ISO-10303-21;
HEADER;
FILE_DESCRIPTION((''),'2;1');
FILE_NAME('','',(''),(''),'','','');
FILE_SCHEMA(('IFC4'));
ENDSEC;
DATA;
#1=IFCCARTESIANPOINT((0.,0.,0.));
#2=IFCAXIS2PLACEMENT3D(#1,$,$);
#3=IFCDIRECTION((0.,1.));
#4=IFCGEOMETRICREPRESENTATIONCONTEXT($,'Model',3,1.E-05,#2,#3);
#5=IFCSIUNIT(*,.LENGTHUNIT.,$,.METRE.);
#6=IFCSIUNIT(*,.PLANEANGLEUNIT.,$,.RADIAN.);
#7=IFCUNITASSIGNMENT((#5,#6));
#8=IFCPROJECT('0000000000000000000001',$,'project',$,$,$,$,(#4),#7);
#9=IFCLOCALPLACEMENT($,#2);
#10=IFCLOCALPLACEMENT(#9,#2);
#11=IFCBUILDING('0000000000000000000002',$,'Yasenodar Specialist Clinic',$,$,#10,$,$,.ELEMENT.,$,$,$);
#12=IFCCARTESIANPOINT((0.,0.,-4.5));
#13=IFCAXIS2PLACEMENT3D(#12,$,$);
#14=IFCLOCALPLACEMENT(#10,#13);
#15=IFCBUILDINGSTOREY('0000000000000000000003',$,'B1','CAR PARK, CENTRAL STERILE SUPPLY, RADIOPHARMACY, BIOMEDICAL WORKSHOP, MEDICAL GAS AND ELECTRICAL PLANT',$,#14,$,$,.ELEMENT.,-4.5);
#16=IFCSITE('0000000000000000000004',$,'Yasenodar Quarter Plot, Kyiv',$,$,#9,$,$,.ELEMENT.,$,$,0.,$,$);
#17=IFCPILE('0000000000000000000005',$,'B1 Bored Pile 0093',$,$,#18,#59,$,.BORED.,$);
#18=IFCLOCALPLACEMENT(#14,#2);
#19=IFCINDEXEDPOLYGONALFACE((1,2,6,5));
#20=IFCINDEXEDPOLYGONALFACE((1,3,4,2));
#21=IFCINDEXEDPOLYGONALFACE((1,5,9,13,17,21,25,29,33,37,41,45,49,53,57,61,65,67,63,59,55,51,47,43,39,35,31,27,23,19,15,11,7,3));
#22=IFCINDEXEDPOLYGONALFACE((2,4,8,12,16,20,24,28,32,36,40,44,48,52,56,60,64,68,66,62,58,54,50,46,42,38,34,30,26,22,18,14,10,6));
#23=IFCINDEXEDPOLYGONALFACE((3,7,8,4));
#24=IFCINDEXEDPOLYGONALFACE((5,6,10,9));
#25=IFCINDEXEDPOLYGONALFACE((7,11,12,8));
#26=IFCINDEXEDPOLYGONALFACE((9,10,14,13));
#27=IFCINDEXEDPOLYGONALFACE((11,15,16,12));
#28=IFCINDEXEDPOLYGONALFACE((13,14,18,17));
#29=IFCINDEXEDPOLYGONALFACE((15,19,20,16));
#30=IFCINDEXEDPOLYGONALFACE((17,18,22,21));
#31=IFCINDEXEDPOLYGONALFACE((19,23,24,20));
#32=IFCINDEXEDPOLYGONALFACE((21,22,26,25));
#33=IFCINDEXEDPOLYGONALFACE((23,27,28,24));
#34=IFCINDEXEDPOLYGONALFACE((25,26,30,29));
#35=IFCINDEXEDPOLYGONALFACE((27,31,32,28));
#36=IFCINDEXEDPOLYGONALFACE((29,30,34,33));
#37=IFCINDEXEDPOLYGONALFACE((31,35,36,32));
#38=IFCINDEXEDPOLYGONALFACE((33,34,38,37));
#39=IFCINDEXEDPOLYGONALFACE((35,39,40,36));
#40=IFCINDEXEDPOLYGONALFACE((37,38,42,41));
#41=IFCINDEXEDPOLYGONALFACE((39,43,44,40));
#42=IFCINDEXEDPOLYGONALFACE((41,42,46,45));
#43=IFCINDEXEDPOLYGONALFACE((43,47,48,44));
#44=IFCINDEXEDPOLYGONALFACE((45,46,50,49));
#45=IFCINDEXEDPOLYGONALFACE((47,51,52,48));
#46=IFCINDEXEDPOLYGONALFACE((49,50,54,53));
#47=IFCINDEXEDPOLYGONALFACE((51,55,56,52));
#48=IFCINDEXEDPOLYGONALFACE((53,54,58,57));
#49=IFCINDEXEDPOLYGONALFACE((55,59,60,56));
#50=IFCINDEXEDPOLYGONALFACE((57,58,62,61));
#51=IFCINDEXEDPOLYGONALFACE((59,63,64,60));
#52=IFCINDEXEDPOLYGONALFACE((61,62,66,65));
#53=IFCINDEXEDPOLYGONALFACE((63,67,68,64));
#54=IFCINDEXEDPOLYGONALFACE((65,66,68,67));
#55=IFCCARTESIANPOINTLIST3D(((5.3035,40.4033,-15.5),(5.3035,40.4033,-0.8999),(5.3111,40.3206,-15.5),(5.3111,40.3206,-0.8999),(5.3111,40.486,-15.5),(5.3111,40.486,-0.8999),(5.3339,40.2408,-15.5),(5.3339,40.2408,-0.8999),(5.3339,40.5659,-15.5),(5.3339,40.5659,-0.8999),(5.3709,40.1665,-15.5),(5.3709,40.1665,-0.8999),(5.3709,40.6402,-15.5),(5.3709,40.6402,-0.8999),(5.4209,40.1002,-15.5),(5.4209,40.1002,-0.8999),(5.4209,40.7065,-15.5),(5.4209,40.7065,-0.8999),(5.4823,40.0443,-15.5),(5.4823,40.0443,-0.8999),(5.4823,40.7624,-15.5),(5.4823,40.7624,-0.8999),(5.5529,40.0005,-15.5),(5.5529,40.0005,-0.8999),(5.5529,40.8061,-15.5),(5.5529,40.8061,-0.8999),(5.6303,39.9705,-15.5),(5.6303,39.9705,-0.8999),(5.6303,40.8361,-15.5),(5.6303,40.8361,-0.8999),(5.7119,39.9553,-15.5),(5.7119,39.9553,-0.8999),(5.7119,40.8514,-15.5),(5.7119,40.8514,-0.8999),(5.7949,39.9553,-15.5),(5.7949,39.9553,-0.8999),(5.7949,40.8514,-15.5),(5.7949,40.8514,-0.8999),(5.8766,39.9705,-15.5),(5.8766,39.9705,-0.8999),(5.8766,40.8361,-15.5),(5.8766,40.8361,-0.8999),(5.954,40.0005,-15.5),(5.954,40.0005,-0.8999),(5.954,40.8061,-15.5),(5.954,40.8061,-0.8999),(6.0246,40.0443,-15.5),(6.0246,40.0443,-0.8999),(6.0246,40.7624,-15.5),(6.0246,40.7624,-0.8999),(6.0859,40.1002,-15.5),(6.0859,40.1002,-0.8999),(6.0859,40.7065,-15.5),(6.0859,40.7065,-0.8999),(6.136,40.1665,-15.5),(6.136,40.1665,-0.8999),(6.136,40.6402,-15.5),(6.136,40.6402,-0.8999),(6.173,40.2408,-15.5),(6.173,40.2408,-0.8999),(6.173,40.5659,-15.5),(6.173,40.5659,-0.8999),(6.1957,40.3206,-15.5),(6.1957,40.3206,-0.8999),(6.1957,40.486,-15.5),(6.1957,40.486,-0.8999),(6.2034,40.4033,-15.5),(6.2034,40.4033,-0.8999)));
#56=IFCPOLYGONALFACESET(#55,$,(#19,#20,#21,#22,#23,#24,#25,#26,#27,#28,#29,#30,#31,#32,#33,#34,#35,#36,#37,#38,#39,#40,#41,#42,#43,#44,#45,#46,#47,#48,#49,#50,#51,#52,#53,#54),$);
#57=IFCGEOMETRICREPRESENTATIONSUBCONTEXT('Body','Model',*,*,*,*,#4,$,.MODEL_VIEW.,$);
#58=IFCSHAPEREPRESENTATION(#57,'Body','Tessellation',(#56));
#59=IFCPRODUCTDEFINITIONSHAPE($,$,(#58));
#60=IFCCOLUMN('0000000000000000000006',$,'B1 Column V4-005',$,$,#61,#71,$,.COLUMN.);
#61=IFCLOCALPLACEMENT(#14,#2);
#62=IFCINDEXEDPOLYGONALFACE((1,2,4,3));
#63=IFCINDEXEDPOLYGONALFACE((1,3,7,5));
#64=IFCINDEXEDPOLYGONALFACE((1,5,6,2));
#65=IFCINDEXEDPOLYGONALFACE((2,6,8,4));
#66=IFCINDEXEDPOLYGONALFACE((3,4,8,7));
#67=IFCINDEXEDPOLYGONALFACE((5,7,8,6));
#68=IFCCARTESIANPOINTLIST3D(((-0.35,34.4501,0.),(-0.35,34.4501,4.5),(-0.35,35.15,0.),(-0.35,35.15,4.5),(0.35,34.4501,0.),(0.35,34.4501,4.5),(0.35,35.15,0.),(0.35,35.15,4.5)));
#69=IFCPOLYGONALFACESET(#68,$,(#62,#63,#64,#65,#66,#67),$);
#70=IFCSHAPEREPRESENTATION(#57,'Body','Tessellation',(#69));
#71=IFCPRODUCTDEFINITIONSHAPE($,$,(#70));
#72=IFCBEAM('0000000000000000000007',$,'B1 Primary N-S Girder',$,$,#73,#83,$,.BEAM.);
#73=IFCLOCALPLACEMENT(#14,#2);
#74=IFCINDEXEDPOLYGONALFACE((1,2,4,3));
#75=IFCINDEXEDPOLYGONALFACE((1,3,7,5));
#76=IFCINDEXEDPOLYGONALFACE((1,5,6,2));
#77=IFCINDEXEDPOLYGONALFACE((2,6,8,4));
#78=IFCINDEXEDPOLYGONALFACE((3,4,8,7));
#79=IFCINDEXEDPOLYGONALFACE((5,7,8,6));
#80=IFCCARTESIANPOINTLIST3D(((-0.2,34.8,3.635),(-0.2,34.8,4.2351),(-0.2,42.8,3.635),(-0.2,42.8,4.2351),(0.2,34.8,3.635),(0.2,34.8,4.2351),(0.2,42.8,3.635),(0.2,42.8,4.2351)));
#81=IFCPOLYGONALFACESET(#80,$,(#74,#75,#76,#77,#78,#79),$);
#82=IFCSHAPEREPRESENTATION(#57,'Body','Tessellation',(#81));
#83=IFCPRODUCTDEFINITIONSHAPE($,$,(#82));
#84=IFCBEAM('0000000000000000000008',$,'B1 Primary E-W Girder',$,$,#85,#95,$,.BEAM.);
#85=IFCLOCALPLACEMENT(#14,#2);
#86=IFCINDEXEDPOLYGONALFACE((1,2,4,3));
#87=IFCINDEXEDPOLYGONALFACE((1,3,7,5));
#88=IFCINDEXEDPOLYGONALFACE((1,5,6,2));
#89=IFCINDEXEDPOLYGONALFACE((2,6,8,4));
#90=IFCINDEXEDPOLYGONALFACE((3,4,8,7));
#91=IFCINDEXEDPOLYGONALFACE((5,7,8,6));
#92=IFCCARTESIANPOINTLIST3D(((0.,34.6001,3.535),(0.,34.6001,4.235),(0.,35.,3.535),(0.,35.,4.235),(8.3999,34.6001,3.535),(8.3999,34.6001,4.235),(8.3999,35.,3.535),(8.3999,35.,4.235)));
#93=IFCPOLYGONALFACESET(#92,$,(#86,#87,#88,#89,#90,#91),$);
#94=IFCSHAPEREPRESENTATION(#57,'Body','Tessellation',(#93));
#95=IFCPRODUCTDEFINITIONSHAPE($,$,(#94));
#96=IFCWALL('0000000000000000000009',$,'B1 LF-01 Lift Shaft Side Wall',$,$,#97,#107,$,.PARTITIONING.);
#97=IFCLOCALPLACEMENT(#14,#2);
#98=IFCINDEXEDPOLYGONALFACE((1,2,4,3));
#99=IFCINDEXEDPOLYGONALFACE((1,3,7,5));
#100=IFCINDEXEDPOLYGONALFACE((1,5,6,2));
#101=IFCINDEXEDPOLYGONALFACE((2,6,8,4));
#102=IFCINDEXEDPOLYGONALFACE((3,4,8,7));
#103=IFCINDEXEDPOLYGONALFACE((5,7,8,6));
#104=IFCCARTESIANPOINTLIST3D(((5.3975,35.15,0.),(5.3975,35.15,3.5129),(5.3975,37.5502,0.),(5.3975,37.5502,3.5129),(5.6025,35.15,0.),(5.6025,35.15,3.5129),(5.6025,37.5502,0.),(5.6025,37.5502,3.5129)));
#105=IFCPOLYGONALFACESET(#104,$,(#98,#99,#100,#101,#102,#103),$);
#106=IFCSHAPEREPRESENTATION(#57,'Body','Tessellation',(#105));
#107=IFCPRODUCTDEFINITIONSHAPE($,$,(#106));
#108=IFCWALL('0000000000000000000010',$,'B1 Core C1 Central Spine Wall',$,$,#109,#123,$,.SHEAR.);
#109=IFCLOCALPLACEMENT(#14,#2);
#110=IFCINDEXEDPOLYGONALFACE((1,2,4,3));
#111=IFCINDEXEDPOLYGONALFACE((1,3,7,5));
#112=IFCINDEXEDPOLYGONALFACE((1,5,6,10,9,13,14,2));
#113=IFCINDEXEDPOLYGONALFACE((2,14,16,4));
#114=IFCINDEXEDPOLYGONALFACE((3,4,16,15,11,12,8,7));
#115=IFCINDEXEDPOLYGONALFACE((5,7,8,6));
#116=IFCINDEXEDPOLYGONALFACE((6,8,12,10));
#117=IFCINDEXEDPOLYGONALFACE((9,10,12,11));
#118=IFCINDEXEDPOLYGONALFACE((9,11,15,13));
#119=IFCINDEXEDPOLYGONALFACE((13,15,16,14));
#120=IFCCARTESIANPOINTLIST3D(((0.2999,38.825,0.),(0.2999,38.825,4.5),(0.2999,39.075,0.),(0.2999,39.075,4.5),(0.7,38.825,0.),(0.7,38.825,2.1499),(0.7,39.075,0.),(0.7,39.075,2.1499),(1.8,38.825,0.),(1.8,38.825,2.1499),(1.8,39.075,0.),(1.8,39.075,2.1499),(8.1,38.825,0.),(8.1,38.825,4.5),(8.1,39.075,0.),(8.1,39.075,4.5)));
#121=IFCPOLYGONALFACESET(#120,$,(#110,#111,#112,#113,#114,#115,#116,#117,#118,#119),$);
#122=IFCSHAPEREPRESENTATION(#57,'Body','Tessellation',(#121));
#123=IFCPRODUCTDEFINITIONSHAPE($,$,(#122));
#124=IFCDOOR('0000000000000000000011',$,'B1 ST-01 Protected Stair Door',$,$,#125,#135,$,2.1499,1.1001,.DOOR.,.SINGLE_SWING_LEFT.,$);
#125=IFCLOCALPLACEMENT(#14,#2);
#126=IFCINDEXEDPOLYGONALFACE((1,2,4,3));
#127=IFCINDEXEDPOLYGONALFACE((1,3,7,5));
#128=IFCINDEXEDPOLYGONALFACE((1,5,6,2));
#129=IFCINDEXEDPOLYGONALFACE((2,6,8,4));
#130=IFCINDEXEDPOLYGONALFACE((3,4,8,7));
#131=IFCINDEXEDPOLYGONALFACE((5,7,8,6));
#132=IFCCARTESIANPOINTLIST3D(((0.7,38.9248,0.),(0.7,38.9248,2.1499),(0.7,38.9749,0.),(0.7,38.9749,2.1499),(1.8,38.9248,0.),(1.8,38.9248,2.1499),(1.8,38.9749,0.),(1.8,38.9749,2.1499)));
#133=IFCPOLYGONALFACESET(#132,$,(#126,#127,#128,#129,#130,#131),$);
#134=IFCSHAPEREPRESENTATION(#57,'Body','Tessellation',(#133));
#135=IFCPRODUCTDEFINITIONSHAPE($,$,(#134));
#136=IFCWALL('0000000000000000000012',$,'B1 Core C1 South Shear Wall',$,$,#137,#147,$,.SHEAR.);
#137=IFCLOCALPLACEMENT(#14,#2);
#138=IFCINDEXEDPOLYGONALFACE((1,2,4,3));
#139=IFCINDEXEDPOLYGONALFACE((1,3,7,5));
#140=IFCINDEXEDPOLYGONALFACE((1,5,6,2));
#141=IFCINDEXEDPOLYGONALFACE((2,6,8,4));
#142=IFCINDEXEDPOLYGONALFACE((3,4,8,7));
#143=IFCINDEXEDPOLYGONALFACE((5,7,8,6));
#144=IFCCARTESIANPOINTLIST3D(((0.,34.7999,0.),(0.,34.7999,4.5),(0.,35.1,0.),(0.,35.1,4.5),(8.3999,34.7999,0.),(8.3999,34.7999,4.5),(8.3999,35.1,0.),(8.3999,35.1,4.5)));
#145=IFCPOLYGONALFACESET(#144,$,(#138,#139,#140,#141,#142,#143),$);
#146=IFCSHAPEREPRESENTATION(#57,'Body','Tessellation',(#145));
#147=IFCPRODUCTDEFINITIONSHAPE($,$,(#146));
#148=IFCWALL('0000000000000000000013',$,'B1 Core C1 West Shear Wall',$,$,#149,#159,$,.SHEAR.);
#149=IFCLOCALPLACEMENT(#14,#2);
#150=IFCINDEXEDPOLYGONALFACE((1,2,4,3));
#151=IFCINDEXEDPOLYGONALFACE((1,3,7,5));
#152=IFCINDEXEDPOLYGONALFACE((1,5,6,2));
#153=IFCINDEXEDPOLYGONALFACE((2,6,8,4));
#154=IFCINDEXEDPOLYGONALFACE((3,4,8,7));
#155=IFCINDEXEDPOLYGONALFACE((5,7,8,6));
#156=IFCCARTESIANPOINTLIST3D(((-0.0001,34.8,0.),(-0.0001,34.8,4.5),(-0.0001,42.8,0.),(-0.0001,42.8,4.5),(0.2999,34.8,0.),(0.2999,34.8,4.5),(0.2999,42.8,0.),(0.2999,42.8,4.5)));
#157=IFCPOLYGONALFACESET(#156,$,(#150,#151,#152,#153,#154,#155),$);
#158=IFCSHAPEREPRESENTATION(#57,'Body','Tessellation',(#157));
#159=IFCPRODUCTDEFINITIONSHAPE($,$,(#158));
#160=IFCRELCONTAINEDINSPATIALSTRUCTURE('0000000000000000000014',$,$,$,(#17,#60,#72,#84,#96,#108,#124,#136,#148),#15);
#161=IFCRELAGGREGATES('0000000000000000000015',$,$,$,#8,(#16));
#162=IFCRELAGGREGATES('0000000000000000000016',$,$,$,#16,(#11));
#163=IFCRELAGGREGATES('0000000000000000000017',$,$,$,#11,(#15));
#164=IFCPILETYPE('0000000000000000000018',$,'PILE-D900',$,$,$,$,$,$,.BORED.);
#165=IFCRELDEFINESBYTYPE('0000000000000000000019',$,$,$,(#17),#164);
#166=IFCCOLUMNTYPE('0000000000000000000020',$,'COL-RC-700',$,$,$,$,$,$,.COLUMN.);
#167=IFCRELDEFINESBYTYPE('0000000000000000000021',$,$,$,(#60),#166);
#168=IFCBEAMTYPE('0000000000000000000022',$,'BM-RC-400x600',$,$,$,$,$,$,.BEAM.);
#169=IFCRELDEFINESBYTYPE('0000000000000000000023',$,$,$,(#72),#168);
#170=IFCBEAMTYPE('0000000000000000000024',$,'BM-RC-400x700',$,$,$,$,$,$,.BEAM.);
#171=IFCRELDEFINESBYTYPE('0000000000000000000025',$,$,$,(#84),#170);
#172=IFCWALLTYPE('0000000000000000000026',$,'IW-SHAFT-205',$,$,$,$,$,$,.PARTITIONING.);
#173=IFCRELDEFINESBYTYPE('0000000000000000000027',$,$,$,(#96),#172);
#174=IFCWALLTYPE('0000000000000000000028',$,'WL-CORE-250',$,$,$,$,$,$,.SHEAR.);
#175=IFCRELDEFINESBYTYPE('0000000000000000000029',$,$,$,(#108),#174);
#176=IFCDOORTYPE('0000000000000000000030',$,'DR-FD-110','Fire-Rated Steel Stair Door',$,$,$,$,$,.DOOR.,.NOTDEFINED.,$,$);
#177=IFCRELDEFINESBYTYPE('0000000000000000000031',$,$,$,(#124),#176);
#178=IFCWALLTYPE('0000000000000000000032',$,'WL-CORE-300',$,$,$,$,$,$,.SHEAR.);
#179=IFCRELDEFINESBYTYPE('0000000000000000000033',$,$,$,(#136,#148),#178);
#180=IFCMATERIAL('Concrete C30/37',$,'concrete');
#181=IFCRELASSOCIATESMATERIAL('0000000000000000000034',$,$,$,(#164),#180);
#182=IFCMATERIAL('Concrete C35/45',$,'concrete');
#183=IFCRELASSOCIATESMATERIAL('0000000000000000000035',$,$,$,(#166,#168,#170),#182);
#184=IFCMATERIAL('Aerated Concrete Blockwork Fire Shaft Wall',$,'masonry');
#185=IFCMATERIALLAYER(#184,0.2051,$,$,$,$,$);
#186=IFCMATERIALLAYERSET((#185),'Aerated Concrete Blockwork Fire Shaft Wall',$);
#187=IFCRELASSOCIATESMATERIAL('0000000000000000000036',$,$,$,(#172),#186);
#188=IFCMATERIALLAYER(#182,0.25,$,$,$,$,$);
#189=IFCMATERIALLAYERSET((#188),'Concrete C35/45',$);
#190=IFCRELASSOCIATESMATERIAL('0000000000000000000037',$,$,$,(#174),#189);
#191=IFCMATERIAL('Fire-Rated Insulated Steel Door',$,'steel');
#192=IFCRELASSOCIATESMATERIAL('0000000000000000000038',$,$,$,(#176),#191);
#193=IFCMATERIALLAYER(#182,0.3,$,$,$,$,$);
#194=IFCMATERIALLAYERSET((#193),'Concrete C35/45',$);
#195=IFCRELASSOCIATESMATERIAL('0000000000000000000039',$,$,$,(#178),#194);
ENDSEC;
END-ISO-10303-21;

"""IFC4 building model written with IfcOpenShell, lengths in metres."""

from ifc_helpers import new_model, si_unit, direction, frame, frame_2d, origin, origin_2d, place, context, subcontext, project, spatial, rectangle, circle, extrude, material, layer, layer_set, material_profile, profile_set, type_object, element, fill, save


model = new_model("IFC4")

# Units and contexts
model_context = context("Model", 3, precision=1e-05, world=origin(), true_north=direction((0.0, 1.0)))
body_context = subcontext(model_context, "Body", "Model", "MODEL_VIEW")
ifc_project = project(units=[si_unit("LENGTHUNIT", "METRE"), si_unit("PLANEANGLEUNIT", "RADIAN")], contexts=[model_context])

# Site, building, storey
site_placement = place(None, origin())
site = spatial("IfcSite", under=ifc_project, at=site_placement, Name="Yasenodar Quarter Plot, Kyiv", CompositionType="ELEMENT", RefElevation=0.0)
building_placement = place(site_placement, origin())
building = spatial("IfcBuilding", under=site, at=building_placement, Name="Yasenodar Specialist Clinic", CompositionType="ELEMENT")
storey_placement = place(building_placement, frame((0.0, 0.0, -4.5)))
storey = spatial("IfcBuildingStorey", under=building, at=storey_placement, Name="B1", Description="CAR PARK, CENTRAL STERILE SUPPLY, RADIOPHARMACY, BIOMEDICAL WORKSHOP, MEDICAL GAS AND ELECTRICAL PLANT", CompositionType="ELEMENT", Elevation=-4.5)

# Shared definitions
ifc_material_1 = material(Name="Concrete C35/45", Category="concrete")

# Pile
ifc_material_2 = material(Name="Concrete C30/37", Category="concrete")
ifc_material_profile_1 = material_profile(ifc_material_2, circle(Radius=0.45, at=origin_2d()), Name="PILE D900")
ifc_profile_set_1 = profile_set([ifc_material_profile_1], Name="Concrete C30/37")
pile_type = type_object("IfcPileType", Name="PILE-D900", PredefinedType="BORED", material=ifc_profile_set_1)
for number, where, z_axis, x_axis, name in (
    (1, (5.7534, 40.4033, -0.8999), (0.0, 0.0, -1.0), (1.0, 0.0, 0.0), "B1 Bored Pile 0093"),
):
    element("IfcPile", number, at=place(storey_placement, frame(where, z_axis=z_axis, x_axis=x_axis)), inside=storey, type_object=pile_type, Name=name, PredefinedType="BORED", context=body_context, shape_type="SweptSolid", body=[
        extrude(circle(Radius=0.45, at=origin_2d()), origin(), (0.0, 0.0, 1.0), 14.6001),
    ])

# Column
ifc_material_profile_2 = material_profile(ifc_material_1, rectangle(XDim=0.7, YDim=0.7, at=origin_2d()), Name="RC 700x700")
ifc_profile_set_2 = profile_set([ifc_material_profile_2], Name="Concrete C35/45")
column_type = type_object("IfcColumnType", Name="COL-RC-700", PredefinedType="COLUMN", material=ifc_profile_set_2)
column_placement = place(storey_placement, frame((0.0, 34.8, 0.0), z_axis=(0.0, 0.0, 1.0), x_axis=(1.0, 0.0, 0.0)))
element("IfcColumn", 2, at=column_placement, inside=storey, type_object=column_type, Name="B1 Column V4-005", PredefinedType="COLUMN", context=body_context, shape_type="SweptSolid", body=[
    extrude(rectangle(XDim=0.7, YDim=0.7, at=origin_2d()), origin(), (0.0, 0.0, 1.0), 4.5),
])

# Beams
ifc_material_profile_3 = material_profile(ifc_material_1, rectangle(XDim=0.3999, YDim=0.6001, at=origin_2d()), Name="RC 400x600")
ifc_profile_set_3 = profile_set([ifc_material_profile_3], Name="Concrete C35/45")
beam_type_1 = type_object("IfcBeamType", Name="BM-RC-400x600", PredefinedType="BEAM", material=ifc_profile_set_3)
beam_1_placement = place(storey_placement, frame((0.0, 34.8, 3.9351), z_axis=(0.0, 1.0, 0.0), x_axis=(-1.0, 0.0, 0.0)))
element("IfcBeam", 3, at=beam_1_placement, inside=storey, type_object=beam_type_1, Name="B1 Primary N-S Girder", PredefinedType="BEAM", context=body_context, shape_type="SweptSolid", body=[
    extrude(rectangle(XDim=0.3999, YDim=0.6001, at=origin_2d()), origin(), (0.0, 0.0, 1.0), 8.0),
])
ifc_material_profile_4 = material_profile(ifc_material_1, rectangle(XDim=0.3999, YDim=0.7, at=origin_2d()), Name="RC 400x700")
ifc_profile_set_4 = profile_set([ifc_material_profile_4], Name="Concrete C35/45")
beam_type_2 = type_object("IfcBeamType", Name="BM-RC-400x700", PredefinedType="BEAM", material=ifc_profile_set_4)
beam_2_placement = place(storey_placement, frame((0.0, 34.8, 3.885), z_axis=(1.0, 0.0, 0.0), x_axis=(0.0, 1.0, 0.0)))
element("IfcBeam", 4, at=beam_2_placement, inside=storey, type_object=beam_type_2, Name="B1 Primary E-W Girder", PredefinedType="BEAM", context=body_context, shape_type="SweptSolid", body=[
    extrude(rectangle(XDim=0.3999, YDim=0.7, at=origin_2d()), origin(), (0.0, 0.0, 1.0), 8.3999),
])

# Wall
ifc_material_3 = material(Name="Aerated Concrete Blockwork Fire Shaft Wall", Category="masonry")
ifc_layer_1 = layer(ifc_material_3, 0.2051)
ifc_layer_set_1 = layer_set([ifc_layer_1], Name="Aerated Concrete Blockwork Fire Shaft Wall")
wall_type_1 = type_object("IfcWallType", Name="IW-SHAFT-205", PredefinedType="PARTITIONING", material=ifc_layer_set_1)
wall_1_placement = place(storey_placement, frame((5.5, 35.1499, 0.0), z_axis=(0.0, 0.0, 1.0), x_axis=(0.0, 1.0, 0.0)))
element("IfcWall", 5, at=wall_1_placement, inside=storey, type_object=wall_type_1, Name="B1 LF-01 Lift Shaft Side Wall", PredefinedType="PARTITIONING", context=body_context, shape_type="SweptSolid", body=[
    extrude(rectangle(XDim=2.4001, YDim=0.2051, at=frame_2d((1.2002, 0.0))), origin(), (0.0, 0.0, 1.0), 3.5129),
])

# Wall, opening, door
ifc_layer_2 = layer(ifc_material_1, 0.25)
ifc_layer_set_2 = layer_set([ifc_layer_2], Name="Concrete C35/45")
wall_type_2 = type_object("IfcWallType", Name="WL-CORE-250", PredefinedType="SHEAR", material=ifc_layer_set_2)
wall_2_placement = place(storey_placement, frame((0.3, 38.95, 0.0), z_axis=(0.0, 0.0, 1.0), x_axis=(1.0, 0.0, 0.0)))
wall_2 = element("IfcWall", 6, at=wall_2_placement, inside=storey, type_object=wall_type_2, Name="B1 Core C1 Central Spine Wall", PredefinedType="SHEAR", context=body_context, shape_type="SweptSolid", body=[
    extrude(rectangle(XDim=7.8, YDim=0.25, at=frame_2d((3.8999, 0.0))), origin(), (0.0, 0.0, 1.0), 4.5),
])
opening_placement = place(wall_2_placement, frame((0.3999, 0.0, 0.0)))
opening = element("IfcOpeningElement", 7, at=opening_placement, cuts=wall_2, PredefinedType="OPENING", context=body_context, shape_type="SweptSolid", body=[
    extrude(rectangle(XDim=1.1001, YDim=2.1499, at=frame_2d((0.55, 1.075))), frame((0.0, 0.135, 0.0), z_axis=(0.0, -1.0, 0.0), x_axis=(1.0, 0.0, 0.0)), (0.0, 0.0, 1.0), 0.27),
])
ifc_material_4 = material(Name="Fire-Rated Insulated Steel Door", Category="steel")
door_type = type_object("IfcDoorType", Name="DR-FD-110", Description="Fire-Rated Steel Stair Door", OperationType="NOTDEFINED", PredefinedType="DOOR", material=ifc_material_4)
door_placement = place(opening_placement, origin())
door = element("IfcDoor", 8, at=door_placement, inside=storey, type_object=door_type, Name="B1 ST-01 Protected Stair Door", OperationType="SINGLE_SWING_LEFT", OverallHeight=2.1499, OverallWidth=1.1001, PredefinedType="DOOR", context=body_context, shape_type="SweptSolid", body=[
    extrude(rectangle(XDim=1.1001, YDim=2.1499, at=frame_2d((0.55, 1.075))), frame((0.0, 0.0249, 0.0), z_axis=(0.0, -1.0, 0.0), x_axis=(1.0, 0.0, 0.0)), (0.0, 0.0, 1.0), 0.05),
])
fill(opening, door)

# Walls
ifc_layer_3 = layer(ifc_material_1, 0.3)
ifc_layer_set_3 = layer_set([ifc_layer_3], Name="Concrete C35/45")
wall_type_3 = type_object("IfcWallType", Name="WL-CORE-300", PredefinedType="SHEAR", material=ifc_layer_set_3)
wall_3_placement = place(storey_placement, frame((0.0, 34.95, 0.0), z_axis=(0.0, 0.0, 1.0), x_axis=(1.0, 0.0, 0.0)))
element("IfcWall", 9, at=wall_3_placement, inside=storey, type_object=wall_type_3, Name="B1 Core C1 South Shear Wall", PredefinedType="SHEAR", context=body_context, shape_type="SweptSolid", body=[
    extrude(rectangle(XDim=8.3999, YDim=0.3, at=frame_2d((4.2, 0.0))), origin(), (0.0, 0.0, 1.0), 4.5),
])
wall_4_placement = place(storey_placement, frame((0.1499, 34.8, 0.0), z_axis=(0.0, 0.0, 1.0), x_axis=(0.0, 1.0, 0.0)))
element("IfcWall", 10, at=wall_4_placement, inside=storey, type_object=wall_type_3, Name="B1 Core C1 West Shear Wall", PredefinedType="SHEAR", context=body_context, shape_type="SweptSolid", body=[
    extrude(rectangle(XDim=8.0, YDim=0.3, at=frame_2d((4.0, 0.0))), origin(), (0.0, 0.0, 1.0), 4.5),
])

save(model, "model.ifc")
